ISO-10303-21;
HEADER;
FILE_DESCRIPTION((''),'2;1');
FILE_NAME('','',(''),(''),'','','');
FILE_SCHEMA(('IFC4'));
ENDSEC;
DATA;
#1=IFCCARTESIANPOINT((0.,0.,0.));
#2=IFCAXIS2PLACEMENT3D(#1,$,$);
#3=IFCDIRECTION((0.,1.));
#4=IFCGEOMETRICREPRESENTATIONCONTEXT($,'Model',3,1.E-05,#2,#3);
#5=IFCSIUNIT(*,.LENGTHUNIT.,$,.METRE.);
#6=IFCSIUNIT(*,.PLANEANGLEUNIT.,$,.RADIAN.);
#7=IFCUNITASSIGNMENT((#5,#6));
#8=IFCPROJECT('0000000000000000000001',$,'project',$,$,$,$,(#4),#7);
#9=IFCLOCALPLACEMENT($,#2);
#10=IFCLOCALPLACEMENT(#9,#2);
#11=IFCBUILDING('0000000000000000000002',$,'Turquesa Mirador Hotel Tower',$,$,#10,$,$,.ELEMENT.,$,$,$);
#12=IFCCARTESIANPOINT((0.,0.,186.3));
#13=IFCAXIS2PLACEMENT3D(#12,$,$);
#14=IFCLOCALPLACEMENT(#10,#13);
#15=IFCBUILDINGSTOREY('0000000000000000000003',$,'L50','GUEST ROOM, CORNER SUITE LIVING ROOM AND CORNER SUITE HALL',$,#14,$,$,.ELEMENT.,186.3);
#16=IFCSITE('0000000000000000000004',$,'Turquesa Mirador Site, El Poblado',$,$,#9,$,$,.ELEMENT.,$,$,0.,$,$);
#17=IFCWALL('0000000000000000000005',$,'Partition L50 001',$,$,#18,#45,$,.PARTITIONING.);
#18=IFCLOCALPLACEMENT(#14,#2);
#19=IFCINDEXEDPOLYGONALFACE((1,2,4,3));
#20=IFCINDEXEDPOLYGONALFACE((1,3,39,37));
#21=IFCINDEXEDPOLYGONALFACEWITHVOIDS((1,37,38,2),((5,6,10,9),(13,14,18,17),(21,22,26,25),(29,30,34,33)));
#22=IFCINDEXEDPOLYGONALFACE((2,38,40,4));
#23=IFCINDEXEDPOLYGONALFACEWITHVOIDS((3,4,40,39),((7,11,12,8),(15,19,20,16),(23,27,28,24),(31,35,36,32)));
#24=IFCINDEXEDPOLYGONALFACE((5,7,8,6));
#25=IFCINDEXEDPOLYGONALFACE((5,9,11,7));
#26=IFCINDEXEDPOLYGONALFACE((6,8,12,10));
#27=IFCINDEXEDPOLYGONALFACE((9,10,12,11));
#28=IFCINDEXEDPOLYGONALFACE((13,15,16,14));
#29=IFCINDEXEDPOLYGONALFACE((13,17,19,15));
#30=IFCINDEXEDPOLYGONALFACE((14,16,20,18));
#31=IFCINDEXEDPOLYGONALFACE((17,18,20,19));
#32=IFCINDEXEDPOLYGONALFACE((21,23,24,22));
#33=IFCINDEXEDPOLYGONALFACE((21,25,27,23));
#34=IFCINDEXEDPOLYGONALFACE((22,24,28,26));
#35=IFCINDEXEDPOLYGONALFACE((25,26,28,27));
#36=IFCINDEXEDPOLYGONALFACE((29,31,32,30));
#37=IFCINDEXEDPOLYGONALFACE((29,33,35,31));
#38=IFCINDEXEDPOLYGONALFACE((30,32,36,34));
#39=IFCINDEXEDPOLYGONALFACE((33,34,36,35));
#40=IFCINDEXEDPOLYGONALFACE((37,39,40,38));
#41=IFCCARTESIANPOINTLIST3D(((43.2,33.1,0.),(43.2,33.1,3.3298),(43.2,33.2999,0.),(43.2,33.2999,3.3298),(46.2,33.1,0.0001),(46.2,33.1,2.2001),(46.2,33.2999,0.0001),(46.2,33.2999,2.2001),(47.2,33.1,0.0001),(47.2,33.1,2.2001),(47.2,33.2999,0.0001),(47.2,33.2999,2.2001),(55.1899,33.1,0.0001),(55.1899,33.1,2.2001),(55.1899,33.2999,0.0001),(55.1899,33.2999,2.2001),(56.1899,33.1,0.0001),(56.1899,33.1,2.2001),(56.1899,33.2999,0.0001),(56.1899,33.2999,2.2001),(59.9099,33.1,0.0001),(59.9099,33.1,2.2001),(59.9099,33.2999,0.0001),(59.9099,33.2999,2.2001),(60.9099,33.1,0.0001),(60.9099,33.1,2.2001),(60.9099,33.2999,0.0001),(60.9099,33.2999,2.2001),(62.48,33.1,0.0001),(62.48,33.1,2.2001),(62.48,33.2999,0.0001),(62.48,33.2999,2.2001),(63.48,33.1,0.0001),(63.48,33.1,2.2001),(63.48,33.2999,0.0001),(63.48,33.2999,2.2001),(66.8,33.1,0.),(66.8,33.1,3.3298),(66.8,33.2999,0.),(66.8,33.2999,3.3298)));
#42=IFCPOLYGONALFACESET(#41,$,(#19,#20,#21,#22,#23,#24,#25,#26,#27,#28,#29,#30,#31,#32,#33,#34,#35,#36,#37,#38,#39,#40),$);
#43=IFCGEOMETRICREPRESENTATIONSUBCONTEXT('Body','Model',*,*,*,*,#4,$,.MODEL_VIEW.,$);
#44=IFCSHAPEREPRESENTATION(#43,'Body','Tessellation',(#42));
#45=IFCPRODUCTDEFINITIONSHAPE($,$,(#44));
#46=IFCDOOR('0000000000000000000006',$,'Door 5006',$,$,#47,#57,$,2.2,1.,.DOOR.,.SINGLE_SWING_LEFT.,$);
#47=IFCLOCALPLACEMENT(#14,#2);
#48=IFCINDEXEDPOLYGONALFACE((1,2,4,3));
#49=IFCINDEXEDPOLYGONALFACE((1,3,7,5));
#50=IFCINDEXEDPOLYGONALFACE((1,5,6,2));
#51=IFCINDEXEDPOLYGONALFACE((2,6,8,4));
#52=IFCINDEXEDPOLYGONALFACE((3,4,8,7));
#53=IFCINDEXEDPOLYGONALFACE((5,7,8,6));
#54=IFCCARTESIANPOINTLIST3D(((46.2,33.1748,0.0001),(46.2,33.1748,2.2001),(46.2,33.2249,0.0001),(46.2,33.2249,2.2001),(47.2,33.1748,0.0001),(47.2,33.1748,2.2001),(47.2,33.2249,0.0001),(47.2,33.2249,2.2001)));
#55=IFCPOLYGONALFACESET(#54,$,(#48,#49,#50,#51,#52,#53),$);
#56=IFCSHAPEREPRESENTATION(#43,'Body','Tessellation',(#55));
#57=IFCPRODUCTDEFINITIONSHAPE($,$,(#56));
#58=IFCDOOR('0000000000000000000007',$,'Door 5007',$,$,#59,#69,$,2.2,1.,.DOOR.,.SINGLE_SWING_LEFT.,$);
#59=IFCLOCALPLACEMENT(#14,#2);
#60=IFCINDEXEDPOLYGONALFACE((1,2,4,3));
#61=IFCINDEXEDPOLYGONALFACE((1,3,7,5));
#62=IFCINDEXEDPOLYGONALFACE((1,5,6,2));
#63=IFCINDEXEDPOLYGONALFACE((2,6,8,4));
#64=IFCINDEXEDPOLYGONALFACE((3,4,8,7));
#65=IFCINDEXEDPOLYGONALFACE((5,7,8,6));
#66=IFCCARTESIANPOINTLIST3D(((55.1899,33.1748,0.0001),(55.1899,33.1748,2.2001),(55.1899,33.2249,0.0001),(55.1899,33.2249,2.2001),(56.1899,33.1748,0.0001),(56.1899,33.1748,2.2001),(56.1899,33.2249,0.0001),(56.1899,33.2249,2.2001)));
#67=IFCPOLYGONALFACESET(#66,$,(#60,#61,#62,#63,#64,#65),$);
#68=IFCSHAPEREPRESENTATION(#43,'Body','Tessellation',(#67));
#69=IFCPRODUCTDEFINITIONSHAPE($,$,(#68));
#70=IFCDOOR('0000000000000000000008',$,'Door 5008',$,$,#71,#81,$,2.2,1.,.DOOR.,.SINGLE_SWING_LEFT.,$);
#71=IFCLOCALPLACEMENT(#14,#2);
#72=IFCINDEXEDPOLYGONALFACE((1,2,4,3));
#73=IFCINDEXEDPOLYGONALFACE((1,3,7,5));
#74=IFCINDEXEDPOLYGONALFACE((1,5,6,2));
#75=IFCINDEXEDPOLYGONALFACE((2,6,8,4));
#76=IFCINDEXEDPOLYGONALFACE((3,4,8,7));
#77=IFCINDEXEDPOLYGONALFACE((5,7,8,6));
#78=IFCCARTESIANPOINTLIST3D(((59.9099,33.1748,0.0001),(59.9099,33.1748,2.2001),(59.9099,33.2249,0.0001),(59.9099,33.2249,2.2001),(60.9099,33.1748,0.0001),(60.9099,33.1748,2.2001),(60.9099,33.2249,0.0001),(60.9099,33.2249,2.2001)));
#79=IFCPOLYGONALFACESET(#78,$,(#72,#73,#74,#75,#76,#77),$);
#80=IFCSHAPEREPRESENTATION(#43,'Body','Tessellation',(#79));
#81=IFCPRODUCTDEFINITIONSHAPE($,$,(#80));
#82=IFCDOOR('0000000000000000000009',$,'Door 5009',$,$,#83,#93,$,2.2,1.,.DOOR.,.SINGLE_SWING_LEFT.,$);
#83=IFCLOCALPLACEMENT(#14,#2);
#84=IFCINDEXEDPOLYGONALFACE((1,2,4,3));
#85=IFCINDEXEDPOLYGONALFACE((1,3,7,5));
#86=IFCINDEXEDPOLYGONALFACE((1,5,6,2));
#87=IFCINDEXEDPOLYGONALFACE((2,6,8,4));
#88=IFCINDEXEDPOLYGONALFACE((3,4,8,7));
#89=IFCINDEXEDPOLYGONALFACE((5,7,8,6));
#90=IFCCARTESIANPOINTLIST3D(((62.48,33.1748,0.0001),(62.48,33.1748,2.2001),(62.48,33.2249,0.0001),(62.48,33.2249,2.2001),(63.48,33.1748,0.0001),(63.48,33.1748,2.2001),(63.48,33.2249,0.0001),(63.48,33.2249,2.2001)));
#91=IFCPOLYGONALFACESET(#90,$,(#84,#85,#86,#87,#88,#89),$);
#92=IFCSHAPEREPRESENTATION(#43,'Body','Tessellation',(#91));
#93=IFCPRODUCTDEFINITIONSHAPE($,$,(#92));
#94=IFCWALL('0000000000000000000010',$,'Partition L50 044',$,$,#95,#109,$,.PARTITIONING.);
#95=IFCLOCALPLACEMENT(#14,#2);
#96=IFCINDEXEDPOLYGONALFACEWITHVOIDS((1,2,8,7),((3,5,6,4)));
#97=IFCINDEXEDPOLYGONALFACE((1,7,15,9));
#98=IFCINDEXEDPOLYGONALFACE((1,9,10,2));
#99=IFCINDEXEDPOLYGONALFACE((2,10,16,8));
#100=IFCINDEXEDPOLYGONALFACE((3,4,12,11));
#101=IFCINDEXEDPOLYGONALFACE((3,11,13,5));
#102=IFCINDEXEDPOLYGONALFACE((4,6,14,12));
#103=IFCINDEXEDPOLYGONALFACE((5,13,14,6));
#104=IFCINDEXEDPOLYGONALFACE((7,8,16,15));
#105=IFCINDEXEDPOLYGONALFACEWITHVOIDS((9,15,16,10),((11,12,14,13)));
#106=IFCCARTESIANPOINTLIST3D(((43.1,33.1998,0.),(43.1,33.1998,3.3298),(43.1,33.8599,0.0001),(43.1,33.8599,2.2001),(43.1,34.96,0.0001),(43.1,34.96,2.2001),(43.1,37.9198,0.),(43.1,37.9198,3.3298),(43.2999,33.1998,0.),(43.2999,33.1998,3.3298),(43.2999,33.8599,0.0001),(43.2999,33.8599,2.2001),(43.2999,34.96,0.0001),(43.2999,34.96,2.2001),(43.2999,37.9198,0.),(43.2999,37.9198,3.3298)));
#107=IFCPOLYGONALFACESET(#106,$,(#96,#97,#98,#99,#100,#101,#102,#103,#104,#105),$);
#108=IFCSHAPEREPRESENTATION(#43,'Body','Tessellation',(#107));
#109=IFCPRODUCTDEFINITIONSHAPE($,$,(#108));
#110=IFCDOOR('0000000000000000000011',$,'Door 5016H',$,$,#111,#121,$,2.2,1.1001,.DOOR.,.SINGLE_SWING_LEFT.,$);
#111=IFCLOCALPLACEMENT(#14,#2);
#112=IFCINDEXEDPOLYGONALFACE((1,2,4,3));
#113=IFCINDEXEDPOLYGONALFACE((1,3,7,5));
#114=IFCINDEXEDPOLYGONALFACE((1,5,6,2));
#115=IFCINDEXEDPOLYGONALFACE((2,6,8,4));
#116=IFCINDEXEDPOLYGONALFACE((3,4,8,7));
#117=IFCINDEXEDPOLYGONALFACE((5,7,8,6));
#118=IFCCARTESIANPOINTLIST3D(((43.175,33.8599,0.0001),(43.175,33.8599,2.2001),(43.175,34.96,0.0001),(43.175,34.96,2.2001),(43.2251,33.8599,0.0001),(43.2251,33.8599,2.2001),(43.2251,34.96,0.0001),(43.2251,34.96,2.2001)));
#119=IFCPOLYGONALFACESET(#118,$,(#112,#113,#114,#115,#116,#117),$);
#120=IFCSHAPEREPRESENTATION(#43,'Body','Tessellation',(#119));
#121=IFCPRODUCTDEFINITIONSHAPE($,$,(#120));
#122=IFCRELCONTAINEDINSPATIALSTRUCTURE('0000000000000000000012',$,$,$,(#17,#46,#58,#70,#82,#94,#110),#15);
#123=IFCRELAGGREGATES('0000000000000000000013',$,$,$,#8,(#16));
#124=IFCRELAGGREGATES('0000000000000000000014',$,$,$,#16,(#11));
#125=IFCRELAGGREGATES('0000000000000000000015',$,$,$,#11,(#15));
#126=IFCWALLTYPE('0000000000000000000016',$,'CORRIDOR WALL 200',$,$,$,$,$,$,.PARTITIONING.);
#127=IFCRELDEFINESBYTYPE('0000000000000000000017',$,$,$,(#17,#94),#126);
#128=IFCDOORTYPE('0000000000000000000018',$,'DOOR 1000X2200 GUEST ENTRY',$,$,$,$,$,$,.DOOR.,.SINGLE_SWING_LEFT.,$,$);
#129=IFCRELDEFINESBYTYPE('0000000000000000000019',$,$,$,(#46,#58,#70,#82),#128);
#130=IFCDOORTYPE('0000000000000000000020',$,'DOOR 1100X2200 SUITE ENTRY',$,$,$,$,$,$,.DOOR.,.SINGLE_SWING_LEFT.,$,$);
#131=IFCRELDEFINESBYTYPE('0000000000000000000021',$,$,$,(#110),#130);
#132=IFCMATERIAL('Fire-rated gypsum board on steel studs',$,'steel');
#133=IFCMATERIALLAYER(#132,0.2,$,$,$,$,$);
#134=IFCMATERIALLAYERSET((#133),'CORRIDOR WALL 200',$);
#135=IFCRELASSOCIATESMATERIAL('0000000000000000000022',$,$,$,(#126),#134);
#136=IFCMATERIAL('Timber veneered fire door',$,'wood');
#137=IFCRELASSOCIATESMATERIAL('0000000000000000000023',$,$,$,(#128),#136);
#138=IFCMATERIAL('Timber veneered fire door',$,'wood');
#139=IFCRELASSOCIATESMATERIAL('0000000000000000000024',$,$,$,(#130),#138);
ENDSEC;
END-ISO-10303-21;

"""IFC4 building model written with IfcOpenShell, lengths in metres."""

from ifc_helpers import new_model, si_unit, direction, frame, frame_2d, origin, place, context, subcontext, project, spatial, rectangle, extrude, material, layer, layer_set, type_object, element, fill, save


model = new_model("IFC4")

# Units and contexts
model_context = context("Model", 3, precision=1e-05, world=origin(), true_north=direction((0.0, 1.0)))
body_context = subcontext(model_context, "Body", "Model", "MODEL_VIEW")
ifc_project = project(units=[si_unit("LENGTHUNIT", "METRE"), si_unit("PLANEANGLEUNIT", "RADIAN")], contexts=[model_context])

# Site, building, storey
site_placement = place(None, origin())
site = spatial("IfcSite", under=ifc_project, at=site_placement, Name="Turquesa Mirador Site, El Poblado", CompositionType="ELEMENT", RefElevation=0.0)
building_placement = place(site_placement, origin())
building = spatial("IfcBuilding", under=site, at=building_placement, Name="Turquesa Mirador Hotel Tower", CompositionType="ELEMENT")
storey_placement = place(building_placement, frame((0.0, 0.0, 186.3)))
storey = spatial("IfcBuildingStorey", under=building, at=storey_placement, Name="L50", Description="GUEST ROOM, CORNER SUITE LIVING ROOM AND CORNER SUITE HALL", CompositionType="ELEMENT", Elevation=186.3)

# Wall, openings, doors
ifc_material_1 = material(Name="Fire-rated gypsum board on steel studs", Category="steel")
ifc_layer_1 = layer(ifc_material_1, 0.2)
ifc_layer_set_1 = layer_set([ifc_layer_1], Name="CORRIDOR WALL 200")
wall_type_1 = type_object("IfcWallType", Name="CORRIDOR WALL 200", PredefinedType="PARTITIONING", material=ifc_layer_set_1)
wall_1_placement = place(storey_placement, frame((43.2, 33.2, 0.0), z_axis=(0.0, 0.0, 1.0), x_axis=(1.0, 0.0, 0.0)))
wall_1 = element("IfcWall", 1, at=wall_1_placement, inside=storey, type_object=wall_type_1, Name="Partition L50 001", PredefinedType="PARTITIONING", context=body_context, shape_type="SweptSolid", body=[
    extrude(rectangle(XDim=23.6001, YDim=0.2, at=frame_2d((11.8, 0.0))), origin(), (0.0, 0.0, 1.0), 3.3298),
])
opening_1_placement = place(wall_1_placement, frame((3.0, 0.0, 0.0)))
opening_1 = element("IfcOpeningElement", 2, at=opening_1_placement, cuts=wall_1, PredefinedType="OPENING", context=body_context, shape_type="SweptSolid", body=[
    extrude(rectangle(XDim=1.0, YDim=2.2, at=frame_2d((0.5, 1.1001))), frame((0.0, 0.1099, 0.0), z_axis=(0.0, -1.0, 0.0), x_axis=(1.0, 0.0, 0.0)), (0.0, 0.0, 1.0), 0.22),
])
opening_2_placement = place(wall_1_placement, frame((11.99, 0.0, 0.0)))
opening_2 = element("IfcOpeningElement", 3, at=opening_2_placement, cuts=wall_1, PredefinedType="OPENING", context=body_context, shape_type="SweptSolid", body=[
    extrude(rectangle(XDim=1.0, YDim=2.2, at=frame_2d((0.5, 1.1001))), frame((0.0, 0.1099, 0.0), z_axis=(0.0, -1.0, 0.0), x_axis=(1.0, 0.0, 0.0)), (0.0, 0.0, 1.0), 0.22),
])
opening_3_placement = place(wall_1_placement, frame((16.71, 0.0, 0.0)))
opening_3 = element("IfcOpeningElement", 4, at=opening_3_placement, cuts=wall_1, PredefinedType="OPENING", context=body_context, shape_type="SweptSolid", body=[
    extrude(rectangle(XDim=1.0, YDim=2.2, at=frame_2d((0.5, 1.1001))), frame((0.0, 0.1099, 0.0), z_axis=(0.0, -1.0, 0.0), x_axis=(1.0, 0.0, 0.0)), (0.0, 0.0, 1.0), 0.22),
])
opening_4_placement = place(wall_1_placement, frame((19.28, 0.0, 0.0)))
opening_4 = element("IfcOpeningElement", 5, at=opening_4_placement, cuts=wall_1, PredefinedType="OPENING", context=body_context, shape_type="SweptSolid", body=[
    extrude(rectangle(XDim=1.0, YDim=2.2, at=frame_2d((0.5, 1.1001))), frame((0.0, 0.1099, 0.0), z_axis=(0.0, -1.0, 0.0), x_axis=(1.0, 0.0, 0.0)), (0.0, 0.0, 1.0), 0.22),
])
ifc_material_2 = material(Name="Timber veneered fire door", Category="wood")
door_type_1 = type_object("IfcDoorType", Name="DOOR 1000X2200 GUEST ENTRY", OperationType="SINGLE_SWING_LEFT", PredefinedType="DOOR", material=ifc_material_2)
door_1_placement = place(opening_1_placement, origin())
door_1 = element("IfcDoor", 6, at=door_1_placement, inside=storey, type_object=door_type_1, Name="Door 5006", OperationType="SINGLE_SWING_LEFT", OverallHeight=2.2, OverallWidth=1.0, PredefinedType="DOOR", context=body_context, shape_type="SweptSolid", body=[
    extrude(rectangle(XDim=1.0, YDim=2.2, at=frame_2d((0.5, 1.1001))), frame((0.0, 0.0249, 0.0), z_axis=(0.0, -1.0, 0.0), x_axis=(1.0, 0.0, 0.0)), (0.0, 0.0, 1.0), 0.05),
])
fill(opening_1, door_1)
door_2_placement = place(opening_2_placement, origin())
door_2 = element("IfcDoor", 7, at=door_2_placement, inside=storey, type_object=door_type_1, Name="Door 5007", OperationType="SINGLE_SWING_LEFT", OverallHeight=2.2, OverallWidth=1.0, PredefinedType="DOOR", context=body_context, shape_type="SweptSolid", body=[
    extrude(rectangle(XDim=1.0, YDim=2.2, at=frame_2d((0.5, 1.1001))), frame((0.0, 0.0249, 0.0), z_axis=(0.0, -1.0, 0.0), x_axis=(1.0, 0.0, 0.0)), (0.0, 0.0, 1.0), 0.05),
])
fill(opening_2, door_2)
door_3_placement = place(opening_3_placement, origin())
door_3 = element("IfcDoor", 8, at=door_3_placement, inside=storey, type_object=door_type_1, Name="Door 5008", OperationType="SINGLE_SWING_LEFT", OverallHeight=2.2, OverallWidth=1.0, PredefinedType="DOOR", context=body_context, shape_type="SweptSolid", body=[
    extrude(rectangle(XDim=1.0, YDim=2.2, at=frame_2d((0.5, 1.1001))), frame((0.0, 0.0249, 0.0), z_axis=(0.0, -1.0, 0.0), x_axis=(1.0, 0.0, 0.0)), (0.0, 0.0, 1.0), 0.05),
])
fill(opening_3, door_3)
door_4_placement = place(opening_4_placement, origin())
door_4 = element("IfcDoor", 9, at=door_4_placement, inside=storey, type_object=door_type_1, Name="Door 5009", OperationType="SINGLE_SWING_LEFT", OverallHeight=2.2, OverallWidth=1.0, PredefinedType="DOOR", context=body_context, shape_type="SweptSolid", body=[
    extrude(rectangle(XDim=1.0, YDim=2.2, at=frame_2d((0.5, 1.1001))), frame((0.0, 0.0249, 0.0), z_axis=(0.0, -1.0, 0.0), x_axis=(1.0, 0.0, 0.0)), (0.0, 0.0, 1.0), 0.05),
])
fill(opening_4, door_4)

# Wall, opening, door
wall_2_placement = place(storey_placement, frame((43.2, 33.2, 0.0), z_axis=(0.0, 0.0, 1.0), x_axis=(0.0, 1.0, 0.0)))
wall_2 = element("IfcWall", 10, at=wall_2_placement, inside=storey, type_object=wall_type_1, Name="Partition L50 044", PredefinedType="PARTITIONING", context=body_context, shape_type="SweptSolid", body=[
    extrude(rectangle(XDim=4.72, YDim=0.2, at=frame_2d((2.3599, 0.0))), origin(), (0.0, 0.0, 1.0), 3.3298),
])
opening_5_placement = place(wall_2_placement, frame((0.6599, 0.0, 0.0)))
opening_5 = element("IfcOpeningElement", 11, at=opening_5_placement, cuts=wall_2, PredefinedType="OPENING", context=body_context, shape_type="SweptSolid", body=[
    extrude(rectangle(XDim=1.1001, YDim=2.2, at=frame_2d((0.55, 1.1001))), frame((0.0, 0.1099, 0.0), z_axis=(0.0, -1.0, 0.0), x_axis=(1.0, 0.0, 0.0)), (0.0, 0.0, 1.0), 0.22),
])
ifc_material_3 = material(Name="Timber veneered fire door", Category="wood")
door_type_2 = type_object("IfcDoorType", Name="DOOR 1100X2200 SUITE ENTRY", OperationType="SINGLE_SWING_LEFT", PredefinedType="DOOR", material=ifc_material_3)
door_5_placement = place(opening_5_placement, origin())
door_5 = element("IfcDoor", 12, at=door_5_placement, inside=storey, type_object=door_type_2, Name="Door 5016H", OperationType="SINGLE_SWING_LEFT", OverallHeight=2.2, OverallWidth=1.1001, PredefinedType="DOOR", context=body_context, shape_type="SweptSolid", body=[
    extrude(rectangle(XDim=1.1001, YDim=2.2, at=frame_2d((0.55, 1.1001))), frame((0.0, 0.0249, 0.0), z_axis=(0.0, -1.0, 0.0), x_axis=(1.0, 0.0, 0.0)), (0.0, 0.0, 1.0), 0.05),
])
fill(opening_5, door_5)

save(model, "model.ifc")
